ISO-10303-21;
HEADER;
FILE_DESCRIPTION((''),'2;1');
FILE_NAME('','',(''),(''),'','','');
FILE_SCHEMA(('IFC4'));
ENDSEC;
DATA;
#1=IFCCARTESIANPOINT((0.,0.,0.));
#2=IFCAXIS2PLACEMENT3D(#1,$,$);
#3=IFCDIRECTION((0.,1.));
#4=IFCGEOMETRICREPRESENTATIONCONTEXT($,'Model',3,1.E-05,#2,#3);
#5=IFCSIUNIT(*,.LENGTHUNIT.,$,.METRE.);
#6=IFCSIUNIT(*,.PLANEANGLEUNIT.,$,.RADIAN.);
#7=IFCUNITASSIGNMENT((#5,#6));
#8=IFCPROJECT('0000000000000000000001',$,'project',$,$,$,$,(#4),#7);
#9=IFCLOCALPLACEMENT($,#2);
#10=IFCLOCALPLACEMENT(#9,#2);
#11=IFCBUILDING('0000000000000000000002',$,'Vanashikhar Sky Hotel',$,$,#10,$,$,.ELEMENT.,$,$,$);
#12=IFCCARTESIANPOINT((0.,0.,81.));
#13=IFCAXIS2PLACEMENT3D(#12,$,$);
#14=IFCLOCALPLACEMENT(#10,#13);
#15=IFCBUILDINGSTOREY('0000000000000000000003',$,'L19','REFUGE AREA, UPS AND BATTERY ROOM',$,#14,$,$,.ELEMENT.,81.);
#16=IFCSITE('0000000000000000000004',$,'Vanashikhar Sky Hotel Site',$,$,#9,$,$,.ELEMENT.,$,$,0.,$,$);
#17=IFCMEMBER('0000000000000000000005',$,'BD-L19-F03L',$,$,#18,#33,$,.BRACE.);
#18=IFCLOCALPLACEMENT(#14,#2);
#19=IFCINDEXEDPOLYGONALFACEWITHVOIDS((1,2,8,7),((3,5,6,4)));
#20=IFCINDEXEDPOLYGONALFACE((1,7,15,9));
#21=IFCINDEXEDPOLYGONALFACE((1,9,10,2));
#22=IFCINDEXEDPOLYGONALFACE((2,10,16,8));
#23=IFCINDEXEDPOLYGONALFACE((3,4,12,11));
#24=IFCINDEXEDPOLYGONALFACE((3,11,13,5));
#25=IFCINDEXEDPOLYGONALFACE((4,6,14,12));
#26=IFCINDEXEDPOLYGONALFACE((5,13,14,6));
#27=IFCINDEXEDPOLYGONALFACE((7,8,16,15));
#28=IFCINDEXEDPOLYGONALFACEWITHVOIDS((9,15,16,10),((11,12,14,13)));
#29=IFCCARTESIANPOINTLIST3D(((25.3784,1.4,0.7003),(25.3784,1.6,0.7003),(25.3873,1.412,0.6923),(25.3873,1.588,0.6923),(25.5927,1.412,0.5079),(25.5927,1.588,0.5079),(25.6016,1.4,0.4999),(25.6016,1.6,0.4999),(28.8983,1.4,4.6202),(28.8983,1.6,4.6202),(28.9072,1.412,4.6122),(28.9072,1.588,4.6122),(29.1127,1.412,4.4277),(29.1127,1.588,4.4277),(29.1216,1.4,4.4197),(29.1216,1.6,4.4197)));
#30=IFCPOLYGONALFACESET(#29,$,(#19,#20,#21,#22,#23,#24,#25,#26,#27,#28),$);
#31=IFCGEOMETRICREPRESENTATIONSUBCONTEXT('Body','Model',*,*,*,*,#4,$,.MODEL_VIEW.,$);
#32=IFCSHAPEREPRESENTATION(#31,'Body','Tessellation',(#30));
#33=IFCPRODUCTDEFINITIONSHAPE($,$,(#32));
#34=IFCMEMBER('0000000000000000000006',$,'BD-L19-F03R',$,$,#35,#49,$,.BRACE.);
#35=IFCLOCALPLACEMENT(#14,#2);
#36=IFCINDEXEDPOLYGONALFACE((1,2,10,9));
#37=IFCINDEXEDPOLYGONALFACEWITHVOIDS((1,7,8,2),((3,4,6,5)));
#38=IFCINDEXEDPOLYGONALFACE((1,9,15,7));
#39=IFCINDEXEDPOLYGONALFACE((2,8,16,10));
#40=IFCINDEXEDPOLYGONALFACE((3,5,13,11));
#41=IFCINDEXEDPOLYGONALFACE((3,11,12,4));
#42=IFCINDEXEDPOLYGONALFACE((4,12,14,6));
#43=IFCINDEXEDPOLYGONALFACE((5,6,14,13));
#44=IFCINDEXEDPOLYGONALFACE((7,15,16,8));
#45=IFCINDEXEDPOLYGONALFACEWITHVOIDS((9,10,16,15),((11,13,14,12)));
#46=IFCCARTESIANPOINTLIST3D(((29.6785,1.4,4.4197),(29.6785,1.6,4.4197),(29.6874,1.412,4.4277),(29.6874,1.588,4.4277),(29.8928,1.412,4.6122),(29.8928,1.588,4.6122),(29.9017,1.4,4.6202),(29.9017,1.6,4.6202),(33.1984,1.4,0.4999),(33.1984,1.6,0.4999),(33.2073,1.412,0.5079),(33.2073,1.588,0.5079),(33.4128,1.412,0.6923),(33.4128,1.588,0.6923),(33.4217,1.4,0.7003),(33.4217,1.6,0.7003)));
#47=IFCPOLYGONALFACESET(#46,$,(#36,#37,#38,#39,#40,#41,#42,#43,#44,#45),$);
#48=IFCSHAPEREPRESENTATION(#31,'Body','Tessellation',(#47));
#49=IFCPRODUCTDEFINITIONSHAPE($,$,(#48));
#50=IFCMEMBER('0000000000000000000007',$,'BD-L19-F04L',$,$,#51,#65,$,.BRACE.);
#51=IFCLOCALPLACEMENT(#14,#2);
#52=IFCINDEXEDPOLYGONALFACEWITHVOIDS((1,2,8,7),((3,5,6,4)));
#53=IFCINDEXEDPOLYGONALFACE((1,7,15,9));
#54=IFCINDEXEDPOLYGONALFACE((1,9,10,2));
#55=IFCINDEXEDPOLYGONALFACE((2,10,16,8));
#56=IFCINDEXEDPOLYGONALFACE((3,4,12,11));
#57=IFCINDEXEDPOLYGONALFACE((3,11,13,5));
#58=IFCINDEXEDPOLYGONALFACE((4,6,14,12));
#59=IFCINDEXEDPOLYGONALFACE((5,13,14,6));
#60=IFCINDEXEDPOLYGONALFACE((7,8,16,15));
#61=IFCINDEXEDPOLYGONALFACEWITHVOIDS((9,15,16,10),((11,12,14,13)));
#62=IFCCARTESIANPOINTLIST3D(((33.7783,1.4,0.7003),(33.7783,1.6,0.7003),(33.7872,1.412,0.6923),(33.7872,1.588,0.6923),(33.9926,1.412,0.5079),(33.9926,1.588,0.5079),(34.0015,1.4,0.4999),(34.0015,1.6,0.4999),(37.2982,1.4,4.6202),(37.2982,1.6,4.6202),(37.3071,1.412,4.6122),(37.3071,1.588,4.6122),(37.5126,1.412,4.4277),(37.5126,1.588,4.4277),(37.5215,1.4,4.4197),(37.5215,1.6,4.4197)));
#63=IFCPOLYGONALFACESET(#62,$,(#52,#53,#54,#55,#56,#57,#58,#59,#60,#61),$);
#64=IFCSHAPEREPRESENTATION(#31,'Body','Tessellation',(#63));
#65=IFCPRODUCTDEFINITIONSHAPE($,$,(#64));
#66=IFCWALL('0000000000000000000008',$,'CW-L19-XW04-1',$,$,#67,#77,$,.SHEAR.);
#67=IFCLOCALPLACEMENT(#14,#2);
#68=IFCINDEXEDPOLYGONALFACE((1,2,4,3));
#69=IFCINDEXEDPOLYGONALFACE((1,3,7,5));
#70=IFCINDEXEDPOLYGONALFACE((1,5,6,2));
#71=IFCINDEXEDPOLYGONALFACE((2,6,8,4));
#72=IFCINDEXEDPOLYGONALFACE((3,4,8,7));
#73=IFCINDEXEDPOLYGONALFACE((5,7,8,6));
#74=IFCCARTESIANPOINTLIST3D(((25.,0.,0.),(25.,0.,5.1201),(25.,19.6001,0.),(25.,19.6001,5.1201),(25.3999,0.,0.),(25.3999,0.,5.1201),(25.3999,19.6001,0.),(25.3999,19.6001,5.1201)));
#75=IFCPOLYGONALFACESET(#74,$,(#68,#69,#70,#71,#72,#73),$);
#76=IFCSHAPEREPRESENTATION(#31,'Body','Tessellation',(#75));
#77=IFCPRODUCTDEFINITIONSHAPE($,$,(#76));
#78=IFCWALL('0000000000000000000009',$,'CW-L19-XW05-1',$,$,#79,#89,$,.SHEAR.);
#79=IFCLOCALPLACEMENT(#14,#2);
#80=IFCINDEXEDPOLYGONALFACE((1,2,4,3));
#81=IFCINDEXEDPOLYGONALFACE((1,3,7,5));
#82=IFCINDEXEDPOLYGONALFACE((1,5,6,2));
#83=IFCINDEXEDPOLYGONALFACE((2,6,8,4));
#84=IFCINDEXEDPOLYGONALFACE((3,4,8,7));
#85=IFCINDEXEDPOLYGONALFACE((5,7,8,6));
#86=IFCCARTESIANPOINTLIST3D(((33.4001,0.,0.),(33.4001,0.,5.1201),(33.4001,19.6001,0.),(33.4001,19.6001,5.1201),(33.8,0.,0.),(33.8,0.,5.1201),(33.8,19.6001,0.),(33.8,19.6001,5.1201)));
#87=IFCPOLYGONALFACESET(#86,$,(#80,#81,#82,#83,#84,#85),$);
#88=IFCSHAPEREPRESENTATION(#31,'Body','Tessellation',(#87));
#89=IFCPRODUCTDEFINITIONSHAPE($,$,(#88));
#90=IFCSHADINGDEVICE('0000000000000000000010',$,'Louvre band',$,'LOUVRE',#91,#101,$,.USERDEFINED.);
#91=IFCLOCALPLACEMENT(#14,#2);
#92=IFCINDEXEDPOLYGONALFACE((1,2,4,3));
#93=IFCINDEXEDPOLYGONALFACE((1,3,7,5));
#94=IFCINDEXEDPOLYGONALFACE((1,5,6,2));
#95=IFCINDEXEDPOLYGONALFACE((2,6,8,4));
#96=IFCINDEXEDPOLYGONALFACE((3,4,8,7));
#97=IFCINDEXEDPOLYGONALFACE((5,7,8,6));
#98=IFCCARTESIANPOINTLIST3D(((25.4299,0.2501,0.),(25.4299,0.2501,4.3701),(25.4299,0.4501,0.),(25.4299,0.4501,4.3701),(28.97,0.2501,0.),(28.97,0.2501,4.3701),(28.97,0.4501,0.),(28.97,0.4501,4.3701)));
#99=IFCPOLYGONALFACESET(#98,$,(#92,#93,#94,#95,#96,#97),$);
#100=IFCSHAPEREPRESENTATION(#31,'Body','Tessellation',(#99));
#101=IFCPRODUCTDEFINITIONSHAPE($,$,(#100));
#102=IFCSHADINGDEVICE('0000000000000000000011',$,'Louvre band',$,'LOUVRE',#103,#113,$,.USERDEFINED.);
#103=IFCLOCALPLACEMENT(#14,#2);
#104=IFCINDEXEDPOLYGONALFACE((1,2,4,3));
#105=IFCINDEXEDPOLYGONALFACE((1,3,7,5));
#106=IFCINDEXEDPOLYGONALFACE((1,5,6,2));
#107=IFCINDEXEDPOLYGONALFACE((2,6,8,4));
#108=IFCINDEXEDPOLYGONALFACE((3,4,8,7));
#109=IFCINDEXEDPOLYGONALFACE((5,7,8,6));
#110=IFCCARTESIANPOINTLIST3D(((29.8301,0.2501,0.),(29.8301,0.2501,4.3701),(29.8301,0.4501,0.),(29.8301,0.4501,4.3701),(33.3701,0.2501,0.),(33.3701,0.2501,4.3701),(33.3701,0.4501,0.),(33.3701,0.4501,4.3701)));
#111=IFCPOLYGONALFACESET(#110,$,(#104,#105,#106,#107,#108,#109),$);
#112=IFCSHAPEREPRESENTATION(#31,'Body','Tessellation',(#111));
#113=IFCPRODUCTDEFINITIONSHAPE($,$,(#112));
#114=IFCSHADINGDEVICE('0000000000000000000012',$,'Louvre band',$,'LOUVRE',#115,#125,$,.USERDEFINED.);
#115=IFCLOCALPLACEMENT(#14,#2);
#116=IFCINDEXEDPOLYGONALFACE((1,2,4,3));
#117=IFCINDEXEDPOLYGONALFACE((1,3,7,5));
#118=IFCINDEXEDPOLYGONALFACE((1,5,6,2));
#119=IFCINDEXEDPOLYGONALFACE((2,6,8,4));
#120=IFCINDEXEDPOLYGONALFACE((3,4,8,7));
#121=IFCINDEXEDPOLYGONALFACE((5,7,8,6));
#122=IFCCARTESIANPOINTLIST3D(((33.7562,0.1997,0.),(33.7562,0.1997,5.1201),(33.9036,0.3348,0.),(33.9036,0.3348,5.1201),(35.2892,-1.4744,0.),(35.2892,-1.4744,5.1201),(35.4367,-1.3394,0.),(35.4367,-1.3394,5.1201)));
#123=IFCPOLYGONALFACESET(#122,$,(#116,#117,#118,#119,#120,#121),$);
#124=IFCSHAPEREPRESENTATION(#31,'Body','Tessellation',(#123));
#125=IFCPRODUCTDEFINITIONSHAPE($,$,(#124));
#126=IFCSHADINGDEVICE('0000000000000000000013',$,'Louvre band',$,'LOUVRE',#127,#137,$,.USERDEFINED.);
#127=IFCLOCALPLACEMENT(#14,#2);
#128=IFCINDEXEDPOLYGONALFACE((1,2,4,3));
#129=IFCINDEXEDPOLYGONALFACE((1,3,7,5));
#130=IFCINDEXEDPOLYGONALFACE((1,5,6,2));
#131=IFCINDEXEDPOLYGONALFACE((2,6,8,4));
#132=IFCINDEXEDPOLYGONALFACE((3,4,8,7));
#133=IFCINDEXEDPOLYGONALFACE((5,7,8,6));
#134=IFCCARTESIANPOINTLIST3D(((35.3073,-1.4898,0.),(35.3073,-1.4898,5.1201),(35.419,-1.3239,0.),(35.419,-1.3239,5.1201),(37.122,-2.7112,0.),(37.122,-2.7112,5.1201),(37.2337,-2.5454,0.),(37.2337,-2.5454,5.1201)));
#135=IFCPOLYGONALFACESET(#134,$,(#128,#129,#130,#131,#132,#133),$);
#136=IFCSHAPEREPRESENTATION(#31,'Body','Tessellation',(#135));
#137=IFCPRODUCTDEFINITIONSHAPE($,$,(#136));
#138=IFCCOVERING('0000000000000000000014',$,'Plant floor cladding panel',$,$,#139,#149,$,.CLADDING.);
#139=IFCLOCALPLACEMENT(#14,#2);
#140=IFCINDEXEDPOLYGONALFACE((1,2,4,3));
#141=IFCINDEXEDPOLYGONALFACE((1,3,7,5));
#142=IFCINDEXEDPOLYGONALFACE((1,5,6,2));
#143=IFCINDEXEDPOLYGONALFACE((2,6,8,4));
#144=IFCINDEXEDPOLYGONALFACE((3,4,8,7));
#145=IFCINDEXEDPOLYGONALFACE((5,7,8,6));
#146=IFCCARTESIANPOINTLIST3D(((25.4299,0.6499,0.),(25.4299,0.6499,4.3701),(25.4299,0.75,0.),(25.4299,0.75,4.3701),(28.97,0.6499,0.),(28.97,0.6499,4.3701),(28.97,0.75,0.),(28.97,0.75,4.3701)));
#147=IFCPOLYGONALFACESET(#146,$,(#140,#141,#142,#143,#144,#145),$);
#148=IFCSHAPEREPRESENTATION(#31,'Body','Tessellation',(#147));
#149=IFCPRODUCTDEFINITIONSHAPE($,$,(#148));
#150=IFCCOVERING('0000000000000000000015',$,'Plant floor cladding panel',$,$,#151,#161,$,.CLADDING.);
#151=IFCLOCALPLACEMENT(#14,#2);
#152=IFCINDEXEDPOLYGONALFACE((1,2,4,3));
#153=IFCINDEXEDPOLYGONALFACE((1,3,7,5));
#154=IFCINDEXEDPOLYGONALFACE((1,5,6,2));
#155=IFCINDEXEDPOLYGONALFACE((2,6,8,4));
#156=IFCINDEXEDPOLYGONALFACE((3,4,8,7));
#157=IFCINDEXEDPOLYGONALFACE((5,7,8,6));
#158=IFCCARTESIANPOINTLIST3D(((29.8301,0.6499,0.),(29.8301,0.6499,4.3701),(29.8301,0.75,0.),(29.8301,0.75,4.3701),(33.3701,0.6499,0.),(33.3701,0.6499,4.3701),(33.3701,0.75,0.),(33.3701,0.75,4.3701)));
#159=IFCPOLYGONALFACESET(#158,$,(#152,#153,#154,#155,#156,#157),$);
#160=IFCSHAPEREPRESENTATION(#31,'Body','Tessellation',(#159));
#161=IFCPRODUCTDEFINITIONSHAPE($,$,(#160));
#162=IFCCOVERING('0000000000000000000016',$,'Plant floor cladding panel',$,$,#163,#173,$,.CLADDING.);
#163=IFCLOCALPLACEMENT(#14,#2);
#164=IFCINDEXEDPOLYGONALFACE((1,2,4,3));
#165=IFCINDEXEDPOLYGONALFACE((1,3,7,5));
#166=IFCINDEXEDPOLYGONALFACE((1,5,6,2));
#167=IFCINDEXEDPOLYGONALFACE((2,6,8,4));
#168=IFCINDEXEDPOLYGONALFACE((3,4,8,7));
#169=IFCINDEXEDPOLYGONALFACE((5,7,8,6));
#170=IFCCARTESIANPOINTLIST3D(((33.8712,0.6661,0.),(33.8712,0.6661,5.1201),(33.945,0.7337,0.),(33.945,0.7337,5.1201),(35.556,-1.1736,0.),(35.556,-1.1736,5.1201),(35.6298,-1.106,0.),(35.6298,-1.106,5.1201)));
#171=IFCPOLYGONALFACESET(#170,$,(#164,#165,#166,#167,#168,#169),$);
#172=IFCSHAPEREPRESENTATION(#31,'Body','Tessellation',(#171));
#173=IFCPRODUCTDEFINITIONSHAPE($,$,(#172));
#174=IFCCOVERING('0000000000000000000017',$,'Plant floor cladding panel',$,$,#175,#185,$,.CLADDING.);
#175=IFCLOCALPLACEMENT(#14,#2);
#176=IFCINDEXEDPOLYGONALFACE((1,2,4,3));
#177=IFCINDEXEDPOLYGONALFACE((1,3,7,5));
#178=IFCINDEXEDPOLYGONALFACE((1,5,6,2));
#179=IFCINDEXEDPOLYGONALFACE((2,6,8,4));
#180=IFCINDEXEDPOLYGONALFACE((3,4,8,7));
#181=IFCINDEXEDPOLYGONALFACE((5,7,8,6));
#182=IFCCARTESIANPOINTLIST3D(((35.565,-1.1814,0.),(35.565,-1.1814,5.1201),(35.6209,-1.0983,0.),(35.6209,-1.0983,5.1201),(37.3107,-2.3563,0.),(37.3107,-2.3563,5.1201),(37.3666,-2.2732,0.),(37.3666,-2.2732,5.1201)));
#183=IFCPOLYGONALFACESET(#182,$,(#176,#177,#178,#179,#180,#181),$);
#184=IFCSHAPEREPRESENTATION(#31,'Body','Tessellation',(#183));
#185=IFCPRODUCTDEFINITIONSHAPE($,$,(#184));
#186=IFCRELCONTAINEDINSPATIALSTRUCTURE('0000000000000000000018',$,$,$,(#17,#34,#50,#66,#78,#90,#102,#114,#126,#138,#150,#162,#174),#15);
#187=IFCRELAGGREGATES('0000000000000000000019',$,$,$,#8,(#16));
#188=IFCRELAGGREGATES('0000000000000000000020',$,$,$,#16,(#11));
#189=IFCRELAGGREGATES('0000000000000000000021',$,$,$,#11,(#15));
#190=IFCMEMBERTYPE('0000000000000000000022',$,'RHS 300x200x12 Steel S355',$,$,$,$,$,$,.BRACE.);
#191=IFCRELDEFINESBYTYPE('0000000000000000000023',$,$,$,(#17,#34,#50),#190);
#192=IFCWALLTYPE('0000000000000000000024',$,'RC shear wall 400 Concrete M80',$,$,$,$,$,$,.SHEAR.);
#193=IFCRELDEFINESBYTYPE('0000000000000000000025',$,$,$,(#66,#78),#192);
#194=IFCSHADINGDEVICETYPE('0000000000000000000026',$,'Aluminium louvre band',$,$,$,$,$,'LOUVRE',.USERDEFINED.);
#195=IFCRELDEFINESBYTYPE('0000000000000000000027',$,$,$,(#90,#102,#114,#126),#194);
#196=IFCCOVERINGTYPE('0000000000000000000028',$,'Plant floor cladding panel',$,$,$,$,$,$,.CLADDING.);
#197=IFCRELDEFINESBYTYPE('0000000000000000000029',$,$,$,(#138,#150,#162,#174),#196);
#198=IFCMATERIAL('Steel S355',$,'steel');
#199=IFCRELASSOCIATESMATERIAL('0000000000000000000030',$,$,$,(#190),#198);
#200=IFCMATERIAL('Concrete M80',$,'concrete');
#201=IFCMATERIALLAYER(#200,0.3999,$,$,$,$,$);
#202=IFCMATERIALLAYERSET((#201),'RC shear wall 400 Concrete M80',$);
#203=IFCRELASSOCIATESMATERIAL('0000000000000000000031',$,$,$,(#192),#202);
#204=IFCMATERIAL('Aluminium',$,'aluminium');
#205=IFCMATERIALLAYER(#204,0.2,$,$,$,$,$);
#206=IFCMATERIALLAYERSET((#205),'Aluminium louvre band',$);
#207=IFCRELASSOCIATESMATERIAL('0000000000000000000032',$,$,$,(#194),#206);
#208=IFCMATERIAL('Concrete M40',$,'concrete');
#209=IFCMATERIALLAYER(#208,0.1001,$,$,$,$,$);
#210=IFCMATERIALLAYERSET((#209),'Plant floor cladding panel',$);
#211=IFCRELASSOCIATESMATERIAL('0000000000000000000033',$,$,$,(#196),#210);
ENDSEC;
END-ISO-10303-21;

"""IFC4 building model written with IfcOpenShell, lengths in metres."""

from ifc_helpers import new_model, si_unit, direction, frame, frame_2d, origin, origin_2d, place, context, subcontext, project, spatial, rectangle, hollow_rectangle, extrude, source, transform, mapped, material, layer, layer_set, material_profile, profile_set, type_object, element, save


model = new_model("IFC4")

# Units and contexts
model_context = context("Model", 3, precision=1e-05, world=origin(), true_north=direction((0.0, 1.0)))
body_context = subcontext(model_context, "Body", "Model", "MODEL_VIEW")
ifc_project = project(units=[si_unit("LENGTHUNIT", "METRE"), si_unit("PLANEANGLEUNIT", "RADIAN")], contexts=[model_context])

# Site, building, storey
site_placement = place(None, origin())
site = spatial("IfcSite", under=ifc_project, at=site_placement, Name="Vanashikhar Sky Hotel Site", CompositionType="ELEMENT", RefElevation=0.0)
building_placement = place(site_placement, origin())
building = spatial("IfcBuilding", under=site, at=building_placement, Name="Vanashikhar Sky Hotel", CompositionType="ELEMENT")
storey_placement = place(building_placement, frame((0.0, 0.0, 81.0)))
storey = spatial("IfcBuildingStorey", under=building, at=storey_placement, Name="L19", Description="REFUGE AREA, UPS AND BATTERY ROOM", CompositionType="ELEMENT", Elevation=81.0)

# Members
ifc_material_1 = material(Name="Steel S355", Category="steel")
ifc_material_profile_1 = material_profile(ifc_material_1, hollow_rectangle(XDim=0.2, YDim=0.3, WallThickness=0.012, at=origin_2d()))
ifc_profile_set_1 = profile_set([ifc_material_profile_1], Name="RHS 300x200x12 Steel S355")
member_type_1 = type_object("IfcMemberType", Name="RHS 300x200x12 Steel S355", PredefinedType="BRACE", material=ifc_profile_set_1)
shared_shape_1 = source(origin(), body_context, "Body", "SweptSolid", [
    extrude(hollow_rectangle(XDim=0.2, YDim=0.3, WallThickness=0.012, at=origin_2d()), origin(), (0.0, 0.0, 1.0), 5.2683),
])
for number, where, z_axis, x_axis, name in (
    (1, (25.49, 1.5, 0.6001), (0.668135, 0.0, 0.74404), (0.0, 1.0, 0.0), "BD-L19-F03L"),
    (2, (33.3101, 1.5, 0.6001), (-0.668135, 0.0, 0.74404), (0.0, -1.0, 0.0), "BD-L19-F03R"),
    (3, (33.8899, 1.5, 0.6001), (0.668135, 0.0, 0.74404), (0.0, 1.0, 0.0), "BD-L19-F04L"),
):
    element("IfcMember", number, at=place(storey_placement, frame(where, z_axis=z_axis, x_axis=x_axis)), inside=storey, type_object=member_type_1, Name=name, PredefinedType="BRACE", context=body_context, shape_type="MappedRepresentation", body=[
        mapped(shared_shape_1, transform((0.0, 0.0, 0.0), scale=1.0)),
    ])

# Walls
ifc_material_2 = material(Name="Concrete M80", Category="concrete")
ifc_layer_1 = layer(ifc_material_2, 0.3999)
ifc_layer_set_1 = layer_set([ifc_layer_1], Name="RC shear wall 400 Concrete M80")
wall_type = type_object("IfcWallType", Name="RC shear wall 400 Concrete M80", PredefinedType="SHEAR", material=ifc_layer_set_1)
shared_shape_2 = source(origin(), body_context, "Body", "SweptSolid", [
    extrude(rectangle(XDim=19.6001, YDim=0.3999, at=frame_2d((9.8, 0.0))), origin(), (0.0, 0.0, 1.0), 5.1201),
])
for number, where, z_axis, x_axis, name in (
    (4, (25.2, 0.0, 0.0), (0.0, 0.0, 1.0), (0.0, 1.0, 0.0), "CW-L19-XW04-1"),
    (5, (33.6001, 0.0, 0.0), (0.0, 0.0, 1.0), (0.0, 1.0, 0.0), "CW-L19-XW05-1"),
):
    element("IfcWall", number, at=place(storey_placement, frame(where, z_axis=z_axis, x_axis=x_axis)), inside=storey, type_object=wall_type, Name=name, PredefinedType="SHEAR", context=body_context, shape_type="MappedRepresentation", body=[
        mapped(shared_shape_2, transform((0.0, 0.0, 0.0), scale=1.0)),
    ])

# Shading devices
ifc_material_3 = material(Name="Aluminium", Category="aluminium")
ifc_layer_2 = layer(ifc_material_3, 0.2)
ifc_layer_set_2 = layer_set([ifc_layer_2], Name="Aluminium louvre band")
shading_device_type = type_object("IfcShadingDeviceType", Name="Aluminium louvre band", ElementType="LOUVRE", PredefinedType="USERDEFINED", material=ifc_layer_set_2)
shared_shape_3 = source(origin(), body_context, "Body", "SweptSolid", [
    extrude(rectangle(XDim=3.54, YDim=0.2, at=origin_2d()), origin(), (0.0, 0.0, 1.0), 4.3701),
])
for number, where, z_axis, x_axis, name in (
    (6, (27.2, 0.3501, 0.0), (0.0, 0.0, 1.0), (1.0, 0.0, 0.0), "Louvre band"),
    (7, (31.6001, 0.3501, 0.0), (0.0, 0.0, 1.0), (1.0, 0.0, 0.0), "Louvre band"),
):
    element("IfcShadingDevice", number, at=place(storey_placement, frame(where, z_axis=z_axis, x_axis=x_axis)), inside=storey, type_object=shading_device_type, Name=name, ObjectType="LOUVRE", PredefinedType="USERDEFINED", context=body_context, shape_type="MappedRepresentation", body=[
        mapped(shared_shape_3, transform((0.0, 0.0, 0.0), scale=1.0)),
    ])
shared_shape_4 = source(origin(), body_context, "Body", "SweptSolid", [
    extrude(rectangle(XDim=2.27, YDim=0.2, at=origin_2d()), origin(), (0.0, 0.0, 1.0), 5.1201),
])
shading_device_1_placement = place(storey_placement, frame((34.5964, -0.5698, 0.0), z_axis=(0.0, 0.0, 1.0), x_axis=(0.675359, -0.73749, 0.0)))
element("IfcShadingDevice", 8, at=shading_device_1_placement, inside=storey, type_object=shading_device_type, Name="Louvre band", ObjectType="LOUVRE", PredefinedType="USERDEFINED", context=body_context, shape_type="MappedRepresentation", body=[
    mapped(shared_shape_4, transform((0.0, 0.0, 0.0), scale=1.0)),
])
shared_shape_5 = source(origin(), body_context, "Body", "SweptSolid", [
    extrude(rectangle(XDim=2.1875, YDim=0.2, at=origin_2d()), origin(), (0.0, 0.0, 1.0), 5.1201),
])
shading_device_2_placement = place(storey_placement, frame((36.2705, -2.0176, 0.0), z_axis=(0.0, 0.0, 1.0), x_axis=(0.829584, -0.558382, 0.0)))
element("IfcShadingDevice", 9, at=shading_device_2_placement, inside=storey, type_object=shading_device_type, Name="Louvre band", ObjectType="LOUVRE", PredefinedType="USERDEFINED", context=body_context, shape_type="MappedRepresentation", body=[
    mapped(shared_shape_5, transform((0.0, 0.0, 0.0), scale=1.0)),
])

# Coverings
ifc_material_4 = material(Name="Concrete M40", Category="concrete")
ifc_layer_3 = layer(ifc_material_4, 0.1001)
ifc_layer_set_3 = layer_set([ifc_layer_3], Name="Plant floor cladding panel")
covering_type_1 = type_object("IfcCoveringType", Name="Plant floor cladding panel", PredefinedType="CLADDING", material=ifc_layer_set_3)
shared_shape_6 = source(origin(), body_context, "Body", "SweptSolid", [
    extrude(rectangle(XDim=3.54, YDim=0.1001, at=origin_2d()), origin(), (0.0, 0.0, 1.0), 4.3701),
])
for number, where, z_axis, x_axis, name in (
    (10, (27.2, 0.7, 0.0), (0.0, 0.0, 1.0), (1.0, 0.0, 0.0), "Plant floor cladding panel"),
    (11, (31.6001, 0.7, 0.0), (0.0, 0.0, 1.0), (1.0, 0.0, 0.0), "Plant floor cladding panel"),
):
    element("IfcCovering", number, at=place(storey_placement, frame(where, z_axis=z_axis, x_axis=x_axis)), inside=storey, type_object=covering_type_1, Name=name, PredefinedType="CLADDING", context=body_context, shape_type="MappedRepresentation", body=[
        mapped(shared_shape_6, transform((0.0, 0.0, 0.0), scale=1.0)),
    ])
shared_shape_7 = source(origin(), body_context, "Body", "SweptSolid", [
    extrude(rectangle(XDim=2.4946, YDim=0.1001, at=origin_2d()), origin(), (0.0, 0.0, 1.0), 5.1201),
])
covering_1_placement = place(storey_placement, frame((34.7505, -0.22, 0.0), z_axis=(0.0, 0.0, 1.0), x_axis=(0.675384, -0.737466, 0.0)))
element("IfcCovering", 12, at=covering_1_placement, inside=storey, type_object=covering_type_1, Name="Plant floor cladding panel", PredefinedType="CLADDING", context=body_context, shape_type="MappedRepresentation", body=[
    mapped(shared_shape_7, transform((0.0, 0.0, 0.0), scale=1.0)),
])
shared_shape_8 = source(origin(), body_context, "Body", "SweptSolid", [
    extrude(rectangle(XDim=2.1042, YDim=0.1001, at=origin_2d()), origin(), (0.0, 0.0, 1.0), 5.1201),
])
covering_2_placement = place(storey_placement, frame((36.4658, -1.7273, 0.0), z_axis=(0.0, 0.0, 1.0), x_axis=(0.829603, -0.558353, 0.0)))
element("IfcCovering", 13, at=covering_2_placement, inside=storey, type_object=covering_type_1, Name="Plant floor cladding panel", PredefinedType="CLADDING", context=body_context, shape_type="MappedRepresentation", body=[
    mapped(shared_shape_8, transform((0.0, 0.0, 0.0), scale=1.0)),
])

save(model, "model.ifc")
